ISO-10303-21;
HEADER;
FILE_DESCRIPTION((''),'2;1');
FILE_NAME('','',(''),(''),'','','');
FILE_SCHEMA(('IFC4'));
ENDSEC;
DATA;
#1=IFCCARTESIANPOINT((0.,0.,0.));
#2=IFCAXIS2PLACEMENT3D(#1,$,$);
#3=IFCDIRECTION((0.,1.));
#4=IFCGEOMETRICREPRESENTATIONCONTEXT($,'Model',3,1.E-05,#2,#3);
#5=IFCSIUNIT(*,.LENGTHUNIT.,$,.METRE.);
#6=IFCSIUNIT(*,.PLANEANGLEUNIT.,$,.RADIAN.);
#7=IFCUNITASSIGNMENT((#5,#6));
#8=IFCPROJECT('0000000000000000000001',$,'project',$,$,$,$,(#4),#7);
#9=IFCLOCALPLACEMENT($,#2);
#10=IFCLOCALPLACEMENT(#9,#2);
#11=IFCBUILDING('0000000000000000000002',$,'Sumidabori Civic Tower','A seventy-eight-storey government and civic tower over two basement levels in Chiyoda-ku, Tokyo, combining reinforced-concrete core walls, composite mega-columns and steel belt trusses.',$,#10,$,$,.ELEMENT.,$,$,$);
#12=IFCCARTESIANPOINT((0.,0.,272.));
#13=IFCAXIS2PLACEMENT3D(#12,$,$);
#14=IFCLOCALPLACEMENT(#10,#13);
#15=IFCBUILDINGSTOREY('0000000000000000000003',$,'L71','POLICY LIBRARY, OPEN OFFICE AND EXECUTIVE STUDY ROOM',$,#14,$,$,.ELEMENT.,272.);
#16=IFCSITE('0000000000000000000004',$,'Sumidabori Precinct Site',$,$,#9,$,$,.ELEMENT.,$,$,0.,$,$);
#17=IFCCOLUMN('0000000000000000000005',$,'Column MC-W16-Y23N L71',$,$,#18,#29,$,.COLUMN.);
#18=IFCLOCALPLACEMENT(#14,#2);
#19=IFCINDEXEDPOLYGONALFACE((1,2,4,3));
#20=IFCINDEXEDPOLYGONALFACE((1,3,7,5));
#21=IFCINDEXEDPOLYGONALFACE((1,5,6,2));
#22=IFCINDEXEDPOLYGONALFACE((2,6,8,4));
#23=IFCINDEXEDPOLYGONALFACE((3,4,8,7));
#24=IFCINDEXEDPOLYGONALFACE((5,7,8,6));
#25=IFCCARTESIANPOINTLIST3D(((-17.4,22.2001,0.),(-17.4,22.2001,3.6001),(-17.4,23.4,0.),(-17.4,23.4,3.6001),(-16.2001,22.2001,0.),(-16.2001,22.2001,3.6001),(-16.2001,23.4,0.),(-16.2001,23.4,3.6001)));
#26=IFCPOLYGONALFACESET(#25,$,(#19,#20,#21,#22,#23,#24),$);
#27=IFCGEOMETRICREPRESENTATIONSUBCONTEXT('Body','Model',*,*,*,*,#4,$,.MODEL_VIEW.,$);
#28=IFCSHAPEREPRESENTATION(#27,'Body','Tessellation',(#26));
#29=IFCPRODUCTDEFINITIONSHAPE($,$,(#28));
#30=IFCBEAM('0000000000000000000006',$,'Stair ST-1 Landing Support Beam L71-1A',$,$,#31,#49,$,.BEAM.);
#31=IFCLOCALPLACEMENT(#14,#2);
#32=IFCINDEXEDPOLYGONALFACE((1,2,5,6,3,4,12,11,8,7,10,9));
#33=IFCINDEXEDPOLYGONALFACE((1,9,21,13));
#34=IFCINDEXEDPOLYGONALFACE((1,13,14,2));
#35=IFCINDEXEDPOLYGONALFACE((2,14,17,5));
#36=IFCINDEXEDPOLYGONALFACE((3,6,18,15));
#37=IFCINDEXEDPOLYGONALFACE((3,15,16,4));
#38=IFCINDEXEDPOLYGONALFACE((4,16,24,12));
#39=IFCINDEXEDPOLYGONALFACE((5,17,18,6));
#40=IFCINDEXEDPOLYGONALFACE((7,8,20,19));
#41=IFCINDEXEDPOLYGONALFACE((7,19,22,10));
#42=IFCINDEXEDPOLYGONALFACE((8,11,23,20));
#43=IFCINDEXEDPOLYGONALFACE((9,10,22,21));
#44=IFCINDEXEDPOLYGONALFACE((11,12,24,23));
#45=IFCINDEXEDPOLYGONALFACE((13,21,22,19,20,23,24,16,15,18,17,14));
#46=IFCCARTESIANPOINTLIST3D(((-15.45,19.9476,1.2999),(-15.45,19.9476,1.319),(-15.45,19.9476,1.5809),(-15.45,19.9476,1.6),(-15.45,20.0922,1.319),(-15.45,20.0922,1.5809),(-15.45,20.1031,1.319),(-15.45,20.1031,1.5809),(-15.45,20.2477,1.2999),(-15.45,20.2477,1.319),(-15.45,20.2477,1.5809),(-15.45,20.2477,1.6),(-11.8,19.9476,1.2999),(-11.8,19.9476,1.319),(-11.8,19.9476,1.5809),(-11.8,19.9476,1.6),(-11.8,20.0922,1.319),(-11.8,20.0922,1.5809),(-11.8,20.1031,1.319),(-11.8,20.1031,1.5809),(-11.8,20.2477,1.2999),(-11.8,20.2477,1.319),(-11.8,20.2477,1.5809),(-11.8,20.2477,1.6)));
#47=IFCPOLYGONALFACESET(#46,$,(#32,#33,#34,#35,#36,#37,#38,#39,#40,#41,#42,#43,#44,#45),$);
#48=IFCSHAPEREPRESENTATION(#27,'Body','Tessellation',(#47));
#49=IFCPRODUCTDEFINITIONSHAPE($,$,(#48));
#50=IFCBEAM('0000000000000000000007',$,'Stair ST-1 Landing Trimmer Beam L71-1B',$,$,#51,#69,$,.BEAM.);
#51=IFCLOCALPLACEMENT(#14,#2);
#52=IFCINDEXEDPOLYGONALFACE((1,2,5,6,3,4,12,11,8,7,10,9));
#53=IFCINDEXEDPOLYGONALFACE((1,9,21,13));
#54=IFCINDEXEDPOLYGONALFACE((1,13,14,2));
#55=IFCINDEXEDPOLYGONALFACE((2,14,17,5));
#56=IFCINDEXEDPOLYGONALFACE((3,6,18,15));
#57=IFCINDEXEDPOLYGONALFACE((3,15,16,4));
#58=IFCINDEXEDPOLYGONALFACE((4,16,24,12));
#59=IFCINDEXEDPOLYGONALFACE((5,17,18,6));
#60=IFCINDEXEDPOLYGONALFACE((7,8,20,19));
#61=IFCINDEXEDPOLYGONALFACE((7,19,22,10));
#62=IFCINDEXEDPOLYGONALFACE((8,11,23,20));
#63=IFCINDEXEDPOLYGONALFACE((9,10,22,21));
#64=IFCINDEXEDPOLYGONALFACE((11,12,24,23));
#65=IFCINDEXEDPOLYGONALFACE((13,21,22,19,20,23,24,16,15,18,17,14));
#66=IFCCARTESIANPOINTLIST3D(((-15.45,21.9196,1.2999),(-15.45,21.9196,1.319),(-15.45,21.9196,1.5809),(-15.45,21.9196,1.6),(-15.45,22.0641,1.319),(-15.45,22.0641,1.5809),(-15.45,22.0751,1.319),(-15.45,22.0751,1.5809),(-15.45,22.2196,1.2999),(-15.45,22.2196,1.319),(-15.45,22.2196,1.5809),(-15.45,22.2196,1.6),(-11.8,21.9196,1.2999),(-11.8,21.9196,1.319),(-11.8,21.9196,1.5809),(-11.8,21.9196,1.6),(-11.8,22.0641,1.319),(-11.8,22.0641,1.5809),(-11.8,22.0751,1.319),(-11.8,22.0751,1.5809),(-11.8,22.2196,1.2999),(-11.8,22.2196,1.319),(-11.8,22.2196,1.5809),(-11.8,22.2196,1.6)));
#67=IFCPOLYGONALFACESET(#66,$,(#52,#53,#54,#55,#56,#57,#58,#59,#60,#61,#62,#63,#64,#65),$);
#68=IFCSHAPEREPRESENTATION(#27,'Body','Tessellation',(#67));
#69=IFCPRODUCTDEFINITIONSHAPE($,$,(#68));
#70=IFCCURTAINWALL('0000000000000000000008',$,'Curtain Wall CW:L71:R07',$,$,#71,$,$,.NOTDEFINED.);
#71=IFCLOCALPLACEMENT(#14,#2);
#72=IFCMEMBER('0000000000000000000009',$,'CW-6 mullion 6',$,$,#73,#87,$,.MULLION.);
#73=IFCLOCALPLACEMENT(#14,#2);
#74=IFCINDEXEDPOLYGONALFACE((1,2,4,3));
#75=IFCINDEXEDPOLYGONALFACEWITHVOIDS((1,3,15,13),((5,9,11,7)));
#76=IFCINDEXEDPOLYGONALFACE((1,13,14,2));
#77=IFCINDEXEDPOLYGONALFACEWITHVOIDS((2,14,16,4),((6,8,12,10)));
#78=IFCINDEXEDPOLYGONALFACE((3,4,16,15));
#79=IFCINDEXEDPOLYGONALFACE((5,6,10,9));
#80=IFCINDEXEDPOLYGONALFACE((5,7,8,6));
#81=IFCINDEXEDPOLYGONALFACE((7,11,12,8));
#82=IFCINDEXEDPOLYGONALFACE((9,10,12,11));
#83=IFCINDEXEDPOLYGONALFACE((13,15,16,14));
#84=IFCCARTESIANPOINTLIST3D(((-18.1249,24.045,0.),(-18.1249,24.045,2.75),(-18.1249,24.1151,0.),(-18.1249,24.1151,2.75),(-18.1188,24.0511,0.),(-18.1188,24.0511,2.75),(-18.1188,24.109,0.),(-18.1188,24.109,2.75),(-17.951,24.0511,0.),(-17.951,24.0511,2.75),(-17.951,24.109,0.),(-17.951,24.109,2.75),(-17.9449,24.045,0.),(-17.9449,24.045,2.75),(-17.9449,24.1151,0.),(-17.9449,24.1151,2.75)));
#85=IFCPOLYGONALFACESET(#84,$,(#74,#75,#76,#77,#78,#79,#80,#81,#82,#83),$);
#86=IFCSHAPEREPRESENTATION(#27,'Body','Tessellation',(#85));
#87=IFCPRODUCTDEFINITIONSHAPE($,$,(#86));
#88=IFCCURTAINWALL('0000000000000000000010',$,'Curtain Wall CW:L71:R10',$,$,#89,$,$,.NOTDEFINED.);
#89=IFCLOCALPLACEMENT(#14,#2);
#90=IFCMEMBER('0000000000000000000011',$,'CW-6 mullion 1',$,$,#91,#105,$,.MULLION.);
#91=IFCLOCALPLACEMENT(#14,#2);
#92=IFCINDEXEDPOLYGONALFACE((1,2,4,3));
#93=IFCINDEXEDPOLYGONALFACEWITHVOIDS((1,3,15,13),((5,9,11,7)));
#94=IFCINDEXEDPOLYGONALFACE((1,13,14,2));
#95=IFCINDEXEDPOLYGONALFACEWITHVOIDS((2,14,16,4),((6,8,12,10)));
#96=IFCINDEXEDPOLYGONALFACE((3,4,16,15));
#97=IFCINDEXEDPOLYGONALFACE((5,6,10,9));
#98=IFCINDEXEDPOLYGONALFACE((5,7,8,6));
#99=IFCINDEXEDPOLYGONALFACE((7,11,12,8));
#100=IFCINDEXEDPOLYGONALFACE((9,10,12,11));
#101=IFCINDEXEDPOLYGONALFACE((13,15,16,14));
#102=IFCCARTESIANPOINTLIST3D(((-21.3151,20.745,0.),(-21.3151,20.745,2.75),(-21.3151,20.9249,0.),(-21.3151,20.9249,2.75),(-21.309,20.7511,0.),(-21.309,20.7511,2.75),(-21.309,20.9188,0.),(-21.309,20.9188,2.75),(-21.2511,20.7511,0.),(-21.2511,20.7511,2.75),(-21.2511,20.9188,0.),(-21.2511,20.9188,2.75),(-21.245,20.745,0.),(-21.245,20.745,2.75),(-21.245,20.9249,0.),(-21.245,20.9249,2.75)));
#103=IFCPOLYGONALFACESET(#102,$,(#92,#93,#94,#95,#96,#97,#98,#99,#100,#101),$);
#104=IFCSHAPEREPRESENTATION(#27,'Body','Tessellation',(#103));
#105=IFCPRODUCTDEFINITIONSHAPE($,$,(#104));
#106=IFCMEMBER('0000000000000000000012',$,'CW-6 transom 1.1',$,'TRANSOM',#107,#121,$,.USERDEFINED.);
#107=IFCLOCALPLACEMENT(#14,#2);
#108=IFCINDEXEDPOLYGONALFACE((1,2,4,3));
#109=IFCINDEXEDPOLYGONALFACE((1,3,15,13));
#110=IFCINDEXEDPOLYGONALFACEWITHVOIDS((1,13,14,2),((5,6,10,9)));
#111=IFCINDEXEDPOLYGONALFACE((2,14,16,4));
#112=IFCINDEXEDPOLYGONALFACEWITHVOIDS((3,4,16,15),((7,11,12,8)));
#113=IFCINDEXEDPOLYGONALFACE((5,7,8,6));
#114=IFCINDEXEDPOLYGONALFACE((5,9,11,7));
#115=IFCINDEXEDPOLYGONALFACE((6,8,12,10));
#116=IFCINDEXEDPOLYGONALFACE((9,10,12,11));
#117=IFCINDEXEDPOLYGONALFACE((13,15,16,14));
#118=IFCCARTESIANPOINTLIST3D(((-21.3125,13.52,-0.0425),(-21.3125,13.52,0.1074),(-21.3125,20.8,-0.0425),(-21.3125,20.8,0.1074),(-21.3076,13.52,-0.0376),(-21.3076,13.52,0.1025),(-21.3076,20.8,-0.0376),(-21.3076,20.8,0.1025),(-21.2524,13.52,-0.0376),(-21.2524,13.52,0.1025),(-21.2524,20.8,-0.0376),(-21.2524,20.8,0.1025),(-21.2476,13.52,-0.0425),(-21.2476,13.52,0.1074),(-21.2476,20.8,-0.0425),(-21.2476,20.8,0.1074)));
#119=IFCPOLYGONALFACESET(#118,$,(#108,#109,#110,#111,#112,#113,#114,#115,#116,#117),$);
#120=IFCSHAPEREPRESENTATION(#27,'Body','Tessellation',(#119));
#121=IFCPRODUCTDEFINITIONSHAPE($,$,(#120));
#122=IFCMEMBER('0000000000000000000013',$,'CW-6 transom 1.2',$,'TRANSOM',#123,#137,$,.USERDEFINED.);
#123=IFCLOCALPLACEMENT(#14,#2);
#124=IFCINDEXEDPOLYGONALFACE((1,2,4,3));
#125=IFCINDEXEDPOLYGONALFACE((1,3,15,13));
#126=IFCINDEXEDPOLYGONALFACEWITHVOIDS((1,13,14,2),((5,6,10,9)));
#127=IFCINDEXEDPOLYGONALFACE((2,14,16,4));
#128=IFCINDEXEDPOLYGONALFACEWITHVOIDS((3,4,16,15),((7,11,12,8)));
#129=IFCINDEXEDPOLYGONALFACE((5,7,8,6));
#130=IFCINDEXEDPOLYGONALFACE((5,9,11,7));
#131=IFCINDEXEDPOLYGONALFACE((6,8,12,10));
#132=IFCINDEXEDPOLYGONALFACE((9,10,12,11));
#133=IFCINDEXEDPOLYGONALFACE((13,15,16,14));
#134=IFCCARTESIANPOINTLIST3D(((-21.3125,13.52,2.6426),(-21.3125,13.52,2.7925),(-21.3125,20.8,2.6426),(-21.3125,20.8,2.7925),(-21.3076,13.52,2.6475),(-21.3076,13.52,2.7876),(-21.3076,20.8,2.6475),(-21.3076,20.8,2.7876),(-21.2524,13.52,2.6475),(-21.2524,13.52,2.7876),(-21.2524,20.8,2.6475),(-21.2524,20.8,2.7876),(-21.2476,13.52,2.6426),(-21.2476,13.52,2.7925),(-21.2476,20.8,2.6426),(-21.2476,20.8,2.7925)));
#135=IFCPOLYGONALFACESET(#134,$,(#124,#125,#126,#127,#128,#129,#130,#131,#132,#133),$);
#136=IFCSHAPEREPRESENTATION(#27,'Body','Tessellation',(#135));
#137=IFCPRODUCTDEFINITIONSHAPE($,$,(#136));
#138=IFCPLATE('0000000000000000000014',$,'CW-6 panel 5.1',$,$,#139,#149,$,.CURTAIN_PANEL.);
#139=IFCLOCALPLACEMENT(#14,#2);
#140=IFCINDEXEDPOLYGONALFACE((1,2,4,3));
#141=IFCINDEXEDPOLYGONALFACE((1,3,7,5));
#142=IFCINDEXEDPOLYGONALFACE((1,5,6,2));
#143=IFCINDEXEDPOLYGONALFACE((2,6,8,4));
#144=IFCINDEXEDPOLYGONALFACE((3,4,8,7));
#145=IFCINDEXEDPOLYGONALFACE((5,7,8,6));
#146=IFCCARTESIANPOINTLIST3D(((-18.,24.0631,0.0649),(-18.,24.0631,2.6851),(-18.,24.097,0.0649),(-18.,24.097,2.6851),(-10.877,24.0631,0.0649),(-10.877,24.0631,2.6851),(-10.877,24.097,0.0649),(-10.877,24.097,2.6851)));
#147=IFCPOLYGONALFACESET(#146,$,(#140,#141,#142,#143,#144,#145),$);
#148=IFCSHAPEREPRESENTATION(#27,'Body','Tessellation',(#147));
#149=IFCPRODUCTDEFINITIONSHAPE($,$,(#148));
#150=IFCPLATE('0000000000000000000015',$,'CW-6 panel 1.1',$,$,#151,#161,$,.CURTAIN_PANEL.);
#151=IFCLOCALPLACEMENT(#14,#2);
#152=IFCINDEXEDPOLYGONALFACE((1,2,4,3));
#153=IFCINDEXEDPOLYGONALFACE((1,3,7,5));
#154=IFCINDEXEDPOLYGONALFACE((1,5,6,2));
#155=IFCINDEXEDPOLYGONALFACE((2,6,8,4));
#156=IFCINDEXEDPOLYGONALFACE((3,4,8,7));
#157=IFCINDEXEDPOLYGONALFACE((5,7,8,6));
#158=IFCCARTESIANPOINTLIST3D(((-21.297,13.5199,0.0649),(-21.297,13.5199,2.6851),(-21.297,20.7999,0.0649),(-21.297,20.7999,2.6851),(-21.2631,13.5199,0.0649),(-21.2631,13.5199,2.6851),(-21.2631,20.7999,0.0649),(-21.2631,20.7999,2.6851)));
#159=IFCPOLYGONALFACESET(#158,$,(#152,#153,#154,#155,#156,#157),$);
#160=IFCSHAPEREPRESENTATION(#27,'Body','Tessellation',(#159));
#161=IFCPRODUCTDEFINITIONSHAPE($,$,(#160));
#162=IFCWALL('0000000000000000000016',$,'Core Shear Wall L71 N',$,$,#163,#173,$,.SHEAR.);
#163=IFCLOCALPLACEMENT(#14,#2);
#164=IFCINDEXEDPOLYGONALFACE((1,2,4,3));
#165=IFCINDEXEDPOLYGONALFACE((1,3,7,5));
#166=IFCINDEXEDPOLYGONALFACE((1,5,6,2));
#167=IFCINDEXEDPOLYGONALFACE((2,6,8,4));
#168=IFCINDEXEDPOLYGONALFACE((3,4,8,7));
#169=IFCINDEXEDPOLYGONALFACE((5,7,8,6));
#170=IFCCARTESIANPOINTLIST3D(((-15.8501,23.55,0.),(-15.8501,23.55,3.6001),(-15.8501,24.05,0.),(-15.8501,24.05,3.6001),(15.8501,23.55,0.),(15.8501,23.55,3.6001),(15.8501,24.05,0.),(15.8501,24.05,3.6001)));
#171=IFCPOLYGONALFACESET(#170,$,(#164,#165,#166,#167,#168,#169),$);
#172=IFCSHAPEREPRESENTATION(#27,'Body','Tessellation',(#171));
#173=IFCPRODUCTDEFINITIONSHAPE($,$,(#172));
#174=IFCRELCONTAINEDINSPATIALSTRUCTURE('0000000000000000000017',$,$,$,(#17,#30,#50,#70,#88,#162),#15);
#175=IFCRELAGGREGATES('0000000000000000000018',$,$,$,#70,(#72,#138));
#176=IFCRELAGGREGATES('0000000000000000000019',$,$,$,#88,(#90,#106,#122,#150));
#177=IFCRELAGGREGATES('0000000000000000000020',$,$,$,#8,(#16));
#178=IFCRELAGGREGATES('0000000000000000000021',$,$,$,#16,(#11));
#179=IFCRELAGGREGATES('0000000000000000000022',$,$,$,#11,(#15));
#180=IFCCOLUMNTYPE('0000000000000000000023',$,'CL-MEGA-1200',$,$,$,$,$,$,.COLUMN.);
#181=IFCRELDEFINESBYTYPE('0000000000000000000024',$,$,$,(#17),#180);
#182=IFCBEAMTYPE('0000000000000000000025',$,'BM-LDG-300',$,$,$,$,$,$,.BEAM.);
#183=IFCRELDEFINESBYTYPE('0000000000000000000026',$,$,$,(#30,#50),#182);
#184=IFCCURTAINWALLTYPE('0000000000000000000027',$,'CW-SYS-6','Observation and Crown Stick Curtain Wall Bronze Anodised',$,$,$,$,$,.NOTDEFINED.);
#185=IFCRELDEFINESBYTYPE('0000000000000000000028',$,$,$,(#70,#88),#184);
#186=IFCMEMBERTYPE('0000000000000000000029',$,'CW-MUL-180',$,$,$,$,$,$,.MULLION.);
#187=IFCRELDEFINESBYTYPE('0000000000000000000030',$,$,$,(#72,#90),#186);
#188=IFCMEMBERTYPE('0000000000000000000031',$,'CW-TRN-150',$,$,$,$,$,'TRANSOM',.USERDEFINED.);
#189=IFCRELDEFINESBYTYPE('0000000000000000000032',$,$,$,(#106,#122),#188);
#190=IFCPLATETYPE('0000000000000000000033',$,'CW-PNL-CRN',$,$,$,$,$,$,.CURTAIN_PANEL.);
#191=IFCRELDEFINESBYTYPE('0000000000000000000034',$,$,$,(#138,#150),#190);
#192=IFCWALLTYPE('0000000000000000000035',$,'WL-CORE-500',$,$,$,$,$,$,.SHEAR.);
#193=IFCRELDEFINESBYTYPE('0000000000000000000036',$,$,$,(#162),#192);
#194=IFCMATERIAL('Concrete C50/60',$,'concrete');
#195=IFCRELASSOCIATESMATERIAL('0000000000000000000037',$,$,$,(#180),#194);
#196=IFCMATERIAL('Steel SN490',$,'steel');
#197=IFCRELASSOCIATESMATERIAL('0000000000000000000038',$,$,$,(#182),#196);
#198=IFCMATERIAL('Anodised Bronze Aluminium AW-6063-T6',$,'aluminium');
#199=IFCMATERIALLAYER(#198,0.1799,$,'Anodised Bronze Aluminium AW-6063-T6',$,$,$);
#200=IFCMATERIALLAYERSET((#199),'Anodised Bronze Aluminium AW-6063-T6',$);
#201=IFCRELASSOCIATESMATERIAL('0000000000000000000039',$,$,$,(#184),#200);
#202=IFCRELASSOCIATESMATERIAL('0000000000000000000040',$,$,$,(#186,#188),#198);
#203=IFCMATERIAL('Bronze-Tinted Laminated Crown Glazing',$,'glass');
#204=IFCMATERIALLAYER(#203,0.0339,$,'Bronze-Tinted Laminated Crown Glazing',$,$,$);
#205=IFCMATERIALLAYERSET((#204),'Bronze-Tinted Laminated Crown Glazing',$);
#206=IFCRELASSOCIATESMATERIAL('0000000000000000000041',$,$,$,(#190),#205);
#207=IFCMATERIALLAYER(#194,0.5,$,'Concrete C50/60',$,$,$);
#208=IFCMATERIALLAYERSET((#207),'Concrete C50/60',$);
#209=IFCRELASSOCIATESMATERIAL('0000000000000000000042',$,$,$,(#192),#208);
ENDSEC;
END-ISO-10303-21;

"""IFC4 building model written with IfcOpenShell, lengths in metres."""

from ifc_helpers import new_model, si_unit, direction, frame, frame_2d, origin, origin_2d, place, context, subcontext, project, spatial, rectangle, hollow_rectangle, i_section, extrude, source, transform, mapped, material, layer, layer_set, material_profile, profile_set, type_object, element, aggregate, save


model = new_model("IFC4")

# Units and contexts
model_context = context("Model", 3, precision=1e-05, world=origin(), true_north=direction((0.0, 1.0)))
body_context = subcontext(model_context, "Body", "Model", "MODEL_VIEW")
ifc_project = project(units=[si_unit("LENGTHUNIT", "METRE"), si_unit("PLANEANGLEUNIT", "RADIAN")], contexts=[model_context])

# Site, building, storey
site_placement = place(None, origin())
site = spatial("IfcSite", under=ifc_project, at=site_placement, Name="Sumidabori Precinct Site", CompositionType="ELEMENT", RefElevation=0.0)
building_placement = place(site_placement, origin())
building = spatial("IfcBuilding", under=site, at=building_placement, Name="Sumidabori Civic Tower", Description="A seventy-eight-storey government and civic tower over two basement levels in Chiyoda-ku, Tokyo, combining reinforced-concrete core walls, composite mega-columns and steel belt trusses.", CompositionType="ELEMENT")
storey_placement = place(building_placement, frame((0.0, 0.0, 272.0)))
storey = spatial("IfcBuildingStorey", under=building, at=storey_placement, Name="L71", Description="POLICY LIBRARY, OPEN OFFICE AND EXECUTIVE STUDY ROOM", CompositionType="ELEMENT", Elevation=272.0)

# Column
ifc_material_1 = material(Name="Concrete C50/60", Category="concrete")
ifc_material_profile_1 = material_profile(ifc_material_1, rectangle(XDim=1.2, YDim=1.2, at=origin_2d()), Name="RC 1200x1200")
ifc_profile_set_1 = profile_set([ifc_material_profile_1], Name="Concrete C50/60")
column_type = type_object("IfcColumnType", Name="CL-MEGA-1200", PredefinedType="COLUMN", material=ifc_profile_set_1)
shared_shape_1 = source(origin(), body_context, "Body", "SweptSolid", [
    extrude(rectangle(XDim=1.2, YDim=1.2, at=origin_2d()), origin(), (0.0, 0.0, 1.0), 3.6001),
])
column_placement = place(storey_placement, frame((-16.8, 22.8, 0.0), z_axis=(0.0, 0.0, 1.0), x_axis=(1.0, 0.0, 0.0)))
element("IfcColumn", 1, at=column_placement, inside=storey, type_object=column_type, Name="Column MC-W16-Y23N L71", PredefinedType="COLUMN", context=body_context, shape_type="MappedRepresentation", body=[
    mapped(shared_shape_1, transform((0.0, 0.0, 0.0), x_axis=(1.0, 0.0, 0.0), y_axis=(0.0, 1.0, 0.0), z_axis=(0.0, 0.0, 1.0), scale=1.0)),
])

# Beams
ifc_material_2 = material(Name="Steel SN490", Category="steel")
ifc_material_profile_2 = material_profile(ifc_material_2, i_section(OverallWidth=0.3, OverallDepth=0.3, WebThickness=0.011, FlangeThickness=0.019, at=origin_2d()), Name="HE 300 B")
ifc_profile_set_2 = profile_set([ifc_material_profile_2], Name="Steel SN490")
beam_type = type_object("IfcBeamType", Name="BM-LDG-300", PredefinedType="BEAM", material=ifc_profile_set_2)
shared_shape_2 = source(origin(), body_context, "Body", "SweptSolid", [
    extrude(i_section(OverallWidth=0.3, OverallDepth=0.3, WebThickness=0.011, FlangeThickness=0.019, at=origin_2d()), origin(), (0.0, 0.0, 1.0), 3.6499),
])
for number, where, z_axis, x_axis, name in (
    (2, (-15.45, 20.0977, 1.45), (1.0, 0.0, 0.0), (0.0, 1.0, 0.0), "Stair ST-1 Landing Support Beam L71-1A"),
    (3, (-15.45, 22.0696, 1.45), (1.0, 0.0, 0.0), (0.0, 1.0, 0.0), "Stair ST-1 Landing Trimmer Beam L71-1B"),
):
    element("IfcBeam", number, at=place(storey_placement, frame(where, z_axis=z_axis, x_axis=x_axis)), inside=storey, type_object=beam_type, Name=name, PredefinedType="BEAM", context=body_context, shape_type="MappedRepresentation", body=[
        mapped(shared_shape_2, transform((0.0, 0.0, 0.0), x_axis=(1.0, 0.0, 0.0), y_axis=(0.0, 1.0, 0.0), z_axis=(0.0, 0.0, 1.0), scale=1.0)),
    ])

# Curtain wall, member
ifc_material_3 = material(Name="Anodised Bronze Aluminium AW-6063-T6", Category="aluminium")
ifc_layer_1 = layer(ifc_material_3, 0.1799, Name="Anodised Bronze Aluminium AW-6063-T6")
ifc_layer_set_1 = layer_set([ifc_layer_1], Name="Anodised Bronze Aluminium AW-6063-T6")
curtain_wall_type = type_object("IfcCurtainWallType", Name="CW-SYS-6", Description="Observation and Crown Stick Curtain Wall Bronze Anodised", PredefinedType="NOTDEFINED", material=ifc_layer_set_1)
curtain_wall_1_placement = place(storey_placement, origin())
curtain_wall_1 = element("IfcCurtainWall", 4, at=curtain_wall_1_placement, inside=storey, type_object=curtain_wall_type, Name="Curtain Wall CW:L71:R07", PredefinedType="NOTDEFINED")
ifc_material_profile_3 = material_profile(ifc_material_3, hollow_rectangle(XDim=0.0701, YDim=0.1799, WallThickness=0.0061, at=origin_2d()), Name="ALU MULLION 180x70")
ifc_profile_set_3 = profile_set([ifc_material_profile_3], Name="Anodised Bronze Aluminium AW-6063-T6")
member_type_1 = type_object("IfcMemberType", Name="CW-MUL-180", PredefinedType="MULLION", material=ifc_profile_set_3)
shared_shape_3 = source(origin(), body_context, "Body", "SweptSolid", [
    extrude(hollow_rectangle(XDim=0.0701, YDim=0.1799, WallThickness=0.0061, at=origin_2d()), origin(), (0.0, 0.0, 1.0), 2.75),
])
member_1_placement = place(storey_placement, frame((-18.0349, 24.0801, 0.0), z_axis=(0.0, 0.0, 1.0), x_axis=(0.0, -1.0, 0.0)))
member_1 = element("IfcMember", 5, at=member_1_placement, type_object=member_type_1, Name="CW-6 mullion 6", PredefinedType="MULLION", context=body_context, shape_type="MappedRepresentation", body=[
    mapped(shared_shape_3, transform((0.0, 0.0, 0.0), x_axis=(1.0, 0.0, 0.0), y_axis=(0.0, 1.0, 0.0), z_axis=(0.0, 0.0, 1.0), scale=1.0)),
])

# Curtain wall, members
curtain_wall_2_placement = place(storey_placement, origin())
curtain_wall_2 = element("IfcCurtainWall", 6, at=curtain_wall_2_placement, inside=storey, type_object=curtain_wall_type, Name="Curtain Wall CW:L71:R10", PredefinedType="NOTDEFINED")
member_2_placement = place(storey_placement, frame((-21.28, 20.835, 0.0), z_axis=(0.0, 0.0, 1.0), x_axis=(1.0, 0.0, 0.0)))
member_2 = element("IfcMember", 7, at=member_2_placement, type_object=member_type_1, Name="CW-6 mullion 1", PredefinedType="MULLION", context=body_context, shape_type="MappedRepresentation", body=[
    mapped(shared_shape_3, transform((0.0, 0.0, 0.0), x_axis=(1.0, 0.0, 0.0), y_axis=(0.0, 1.0, 0.0), z_axis=(0.0, 0.0, 1.0), scale=1.0)),
])
ifc_material_profile_4 = material_profile(ifc_material_3, hollow_rectangle(XDim=0.0649, YDim=0.1499, WallThickness=0.0049, at=origin_2d()), Name="ALU TRANSOM 150x65")
ifc_profile_set_4 = profile_set([ifc_material_profile_4], Name="Anodised Bronze Aluminium AW-6063-T6")
member_type_2 = type_object("IfcMemberType", Name="CW-TRN-150", ElementType="TRANSOM", PredefinedType="USERDEFINED", material=ifc_profile_set_4)
shared_shape_4 = source(origin(), body_context, "Body", "SweptSolid", [
    extrude(hollow_rectangle(XDim=0.0649, YDim=0.1499, WallThickness=0.0049, at=origin_2d()), origin(), (0.0, 0.0, 1.0), 7.28),
])
member_3_placement = place(storey_placement, frame((-21.28, 20.8, 0.0325), z_axis=(0.0, -1.0, 0.0), x_axis=(1.0, 0.0, 0.0)))
member_3 = element("IfcMember", 8, at=member_3_placement, type_object=member_type_2, Name="CW-6 transom 1.1", ObjectType="TRANSOM", PredefinedType="USERDEFINED", context=body_context, shape_type="MappedRepresentation", body=[
    mapped(shared_shape_4, transform((0.0, 0.0, 0.0), x_axis=(1.0, 0.0, 0.0), y_axis=(0.0, 1.0, 0.0), z_axis=(0.0, 0.0, 1.0), scale=1.0)),
])
member_4_placement = place(storey_placement, frame((-21.28, 20.8, 2.7175), z_axis=(0.0, -1.0, 0.0), x_axis=(1.0, 0.0, 0.0)))
member_4 = element("IfcMember", 9, at=member_4_placement, type_object=member_type_2, Name="CW-6 transom 1.2", ObjectType="TRANSOM", PredefinedType="USERDEFINED", context=body_context, shape_type="MappedRepresentation", body=[
    mapped(shared_shape_4, transform((0.0, 0.0, 0.0), x_axis=(1.0, 0.0, 0.0), y_axis=(0.0, 1.0, 0.0), z_axis=(0.0, 0.0, 1.0), scale=1.0)),
])

# Plates
ifc_material_4 = material(Name="Bronze-Tinted Laminated Crown Glazing", Category="glass")
ifc_layer_2 = layer(ifc_material_4, 0.0339, Name="Bronze-Tinted Laminated Crown Glazing")
ifc_layer_set_2 = layer_set([ifc_layer_2], Name="Bronze-Tinted Laminated Crown Glazing")
plate_type = type_object("IfcPlateType", Name="CW-PNL-CRN", PredefinedType="CURTAIN_PANEL", material=ifc_layer_set_2)
shared_shape_5 = source(origin(), body_context, "Body", "SweptSolid", [
    extrude(rectangle(XDim=7.123, YDim=0.0339, at=origin_2d()), origin(), (0.0, 0.0, 1.0), 2.6201),
])
plate_1_placement = place(storey_placement, frame((-14.4385, 24.0801, 0.0649), z_axis=(0.0, 0.0, 1.0), x_axis=(-1.0, 0.0, 0.0)))
plate_1 = element("IfcPlate", 10, at=plate_1_placement, type_object=plate_type, Name="CW-6 panel 5.1", PredefinedType="CURTAIN_PANEL", context=body_context, shape_type="MappedRepresentation", body=[
    mapped(shared_shape_5, transform((0.0, 0.0, 0.0), x_axis=(1.0, 0.0, 0.0), y_axis=(0.0, 1.0, 0.0), z_axis=(0.0, 0.0, 1.0), scale=1.0)),
])
aggregate(curtain_wall_1, [member_1, plate_1])
shared_shape_6 = source(origin(), body_context, "Body", "SweptSolid", [
    extrude(rectangle(XDim=7.28, YDim=0.0339, at=origin_2d()), origin(), (0.0, 0.0, 1.0), 2.6201),
])
plate_2_placement = place(storey_placement, frame((-21.28, 17.1599, 0.0649), z_axis=(0.0, 0.0, 1.0), x_axis=(0.0, -1.0, 0.0)))
plate_2 = element("IfcPlate", 11, at=plate_2_placement, type_object=plate_type, Name="CW-6 panel 1.1", PredefinedType="CURTAIN_PANEL", context=body_context, shape_type="MappedRepresentation", body=[
    mapped(shared_shape_6, transform((0.0, 0.0, 0.0), x_axis=(1.0, 0.0, 0.0), y_axis=(0.0, 1.0, 0.0), z_axis=(0.0, 0.0, 1.0), scale=1.0)),
])
aggregate(curtain_wall_2, [member_2, member_3, member_4, plate_2])

# Wall
ifc_layer_3 = layer(ifc_material_1, 0.5, Name="Concrete C50/60")
ifc_layer_set_3 = layer_set([ifc_layer_3], Name="Concrete C50/60")
wall_type_1 = type_object("IfcWallType", Name="WL-CORE-500", PredefinedType="SHEAR", material=ifc_layer_set_3)
shared_shape_7 = source(origin(), body_context, "Body", "SweptSolid", [
    extrude(rectangle(XDim=31.7002, YDim=0.5, at=frame_2d((15.8501, 0.0))), origin(), (0.0, 0.0, 1.0), 3.6001),
])
wall_1_placement = place(storey_placement, frame((-15.8501, 23.8, 0.0), z_axis=(0.0, 0.0, 1.0), x_axis=(1.0, 0.0, 0.0)))
element("IfcWall", 12, at=wall_1_placement, inside=storey, type_object=wall_type_1, Name="Core Shear Wall L71 N", PredefinedType="SHEAR", context=body_context, shape_type="MappedRepresentation", body=[
    mapped(shared_shape_7, transform((0.0, 0.0, 0.0), x_axis=(1.0, 0.0, 0.0), y_axis=(0.0, 1.0, 0.0), z_axis=(0.0, 0.0, 1.0), scale=1.0)),
])

save(model, "model.ifc")
